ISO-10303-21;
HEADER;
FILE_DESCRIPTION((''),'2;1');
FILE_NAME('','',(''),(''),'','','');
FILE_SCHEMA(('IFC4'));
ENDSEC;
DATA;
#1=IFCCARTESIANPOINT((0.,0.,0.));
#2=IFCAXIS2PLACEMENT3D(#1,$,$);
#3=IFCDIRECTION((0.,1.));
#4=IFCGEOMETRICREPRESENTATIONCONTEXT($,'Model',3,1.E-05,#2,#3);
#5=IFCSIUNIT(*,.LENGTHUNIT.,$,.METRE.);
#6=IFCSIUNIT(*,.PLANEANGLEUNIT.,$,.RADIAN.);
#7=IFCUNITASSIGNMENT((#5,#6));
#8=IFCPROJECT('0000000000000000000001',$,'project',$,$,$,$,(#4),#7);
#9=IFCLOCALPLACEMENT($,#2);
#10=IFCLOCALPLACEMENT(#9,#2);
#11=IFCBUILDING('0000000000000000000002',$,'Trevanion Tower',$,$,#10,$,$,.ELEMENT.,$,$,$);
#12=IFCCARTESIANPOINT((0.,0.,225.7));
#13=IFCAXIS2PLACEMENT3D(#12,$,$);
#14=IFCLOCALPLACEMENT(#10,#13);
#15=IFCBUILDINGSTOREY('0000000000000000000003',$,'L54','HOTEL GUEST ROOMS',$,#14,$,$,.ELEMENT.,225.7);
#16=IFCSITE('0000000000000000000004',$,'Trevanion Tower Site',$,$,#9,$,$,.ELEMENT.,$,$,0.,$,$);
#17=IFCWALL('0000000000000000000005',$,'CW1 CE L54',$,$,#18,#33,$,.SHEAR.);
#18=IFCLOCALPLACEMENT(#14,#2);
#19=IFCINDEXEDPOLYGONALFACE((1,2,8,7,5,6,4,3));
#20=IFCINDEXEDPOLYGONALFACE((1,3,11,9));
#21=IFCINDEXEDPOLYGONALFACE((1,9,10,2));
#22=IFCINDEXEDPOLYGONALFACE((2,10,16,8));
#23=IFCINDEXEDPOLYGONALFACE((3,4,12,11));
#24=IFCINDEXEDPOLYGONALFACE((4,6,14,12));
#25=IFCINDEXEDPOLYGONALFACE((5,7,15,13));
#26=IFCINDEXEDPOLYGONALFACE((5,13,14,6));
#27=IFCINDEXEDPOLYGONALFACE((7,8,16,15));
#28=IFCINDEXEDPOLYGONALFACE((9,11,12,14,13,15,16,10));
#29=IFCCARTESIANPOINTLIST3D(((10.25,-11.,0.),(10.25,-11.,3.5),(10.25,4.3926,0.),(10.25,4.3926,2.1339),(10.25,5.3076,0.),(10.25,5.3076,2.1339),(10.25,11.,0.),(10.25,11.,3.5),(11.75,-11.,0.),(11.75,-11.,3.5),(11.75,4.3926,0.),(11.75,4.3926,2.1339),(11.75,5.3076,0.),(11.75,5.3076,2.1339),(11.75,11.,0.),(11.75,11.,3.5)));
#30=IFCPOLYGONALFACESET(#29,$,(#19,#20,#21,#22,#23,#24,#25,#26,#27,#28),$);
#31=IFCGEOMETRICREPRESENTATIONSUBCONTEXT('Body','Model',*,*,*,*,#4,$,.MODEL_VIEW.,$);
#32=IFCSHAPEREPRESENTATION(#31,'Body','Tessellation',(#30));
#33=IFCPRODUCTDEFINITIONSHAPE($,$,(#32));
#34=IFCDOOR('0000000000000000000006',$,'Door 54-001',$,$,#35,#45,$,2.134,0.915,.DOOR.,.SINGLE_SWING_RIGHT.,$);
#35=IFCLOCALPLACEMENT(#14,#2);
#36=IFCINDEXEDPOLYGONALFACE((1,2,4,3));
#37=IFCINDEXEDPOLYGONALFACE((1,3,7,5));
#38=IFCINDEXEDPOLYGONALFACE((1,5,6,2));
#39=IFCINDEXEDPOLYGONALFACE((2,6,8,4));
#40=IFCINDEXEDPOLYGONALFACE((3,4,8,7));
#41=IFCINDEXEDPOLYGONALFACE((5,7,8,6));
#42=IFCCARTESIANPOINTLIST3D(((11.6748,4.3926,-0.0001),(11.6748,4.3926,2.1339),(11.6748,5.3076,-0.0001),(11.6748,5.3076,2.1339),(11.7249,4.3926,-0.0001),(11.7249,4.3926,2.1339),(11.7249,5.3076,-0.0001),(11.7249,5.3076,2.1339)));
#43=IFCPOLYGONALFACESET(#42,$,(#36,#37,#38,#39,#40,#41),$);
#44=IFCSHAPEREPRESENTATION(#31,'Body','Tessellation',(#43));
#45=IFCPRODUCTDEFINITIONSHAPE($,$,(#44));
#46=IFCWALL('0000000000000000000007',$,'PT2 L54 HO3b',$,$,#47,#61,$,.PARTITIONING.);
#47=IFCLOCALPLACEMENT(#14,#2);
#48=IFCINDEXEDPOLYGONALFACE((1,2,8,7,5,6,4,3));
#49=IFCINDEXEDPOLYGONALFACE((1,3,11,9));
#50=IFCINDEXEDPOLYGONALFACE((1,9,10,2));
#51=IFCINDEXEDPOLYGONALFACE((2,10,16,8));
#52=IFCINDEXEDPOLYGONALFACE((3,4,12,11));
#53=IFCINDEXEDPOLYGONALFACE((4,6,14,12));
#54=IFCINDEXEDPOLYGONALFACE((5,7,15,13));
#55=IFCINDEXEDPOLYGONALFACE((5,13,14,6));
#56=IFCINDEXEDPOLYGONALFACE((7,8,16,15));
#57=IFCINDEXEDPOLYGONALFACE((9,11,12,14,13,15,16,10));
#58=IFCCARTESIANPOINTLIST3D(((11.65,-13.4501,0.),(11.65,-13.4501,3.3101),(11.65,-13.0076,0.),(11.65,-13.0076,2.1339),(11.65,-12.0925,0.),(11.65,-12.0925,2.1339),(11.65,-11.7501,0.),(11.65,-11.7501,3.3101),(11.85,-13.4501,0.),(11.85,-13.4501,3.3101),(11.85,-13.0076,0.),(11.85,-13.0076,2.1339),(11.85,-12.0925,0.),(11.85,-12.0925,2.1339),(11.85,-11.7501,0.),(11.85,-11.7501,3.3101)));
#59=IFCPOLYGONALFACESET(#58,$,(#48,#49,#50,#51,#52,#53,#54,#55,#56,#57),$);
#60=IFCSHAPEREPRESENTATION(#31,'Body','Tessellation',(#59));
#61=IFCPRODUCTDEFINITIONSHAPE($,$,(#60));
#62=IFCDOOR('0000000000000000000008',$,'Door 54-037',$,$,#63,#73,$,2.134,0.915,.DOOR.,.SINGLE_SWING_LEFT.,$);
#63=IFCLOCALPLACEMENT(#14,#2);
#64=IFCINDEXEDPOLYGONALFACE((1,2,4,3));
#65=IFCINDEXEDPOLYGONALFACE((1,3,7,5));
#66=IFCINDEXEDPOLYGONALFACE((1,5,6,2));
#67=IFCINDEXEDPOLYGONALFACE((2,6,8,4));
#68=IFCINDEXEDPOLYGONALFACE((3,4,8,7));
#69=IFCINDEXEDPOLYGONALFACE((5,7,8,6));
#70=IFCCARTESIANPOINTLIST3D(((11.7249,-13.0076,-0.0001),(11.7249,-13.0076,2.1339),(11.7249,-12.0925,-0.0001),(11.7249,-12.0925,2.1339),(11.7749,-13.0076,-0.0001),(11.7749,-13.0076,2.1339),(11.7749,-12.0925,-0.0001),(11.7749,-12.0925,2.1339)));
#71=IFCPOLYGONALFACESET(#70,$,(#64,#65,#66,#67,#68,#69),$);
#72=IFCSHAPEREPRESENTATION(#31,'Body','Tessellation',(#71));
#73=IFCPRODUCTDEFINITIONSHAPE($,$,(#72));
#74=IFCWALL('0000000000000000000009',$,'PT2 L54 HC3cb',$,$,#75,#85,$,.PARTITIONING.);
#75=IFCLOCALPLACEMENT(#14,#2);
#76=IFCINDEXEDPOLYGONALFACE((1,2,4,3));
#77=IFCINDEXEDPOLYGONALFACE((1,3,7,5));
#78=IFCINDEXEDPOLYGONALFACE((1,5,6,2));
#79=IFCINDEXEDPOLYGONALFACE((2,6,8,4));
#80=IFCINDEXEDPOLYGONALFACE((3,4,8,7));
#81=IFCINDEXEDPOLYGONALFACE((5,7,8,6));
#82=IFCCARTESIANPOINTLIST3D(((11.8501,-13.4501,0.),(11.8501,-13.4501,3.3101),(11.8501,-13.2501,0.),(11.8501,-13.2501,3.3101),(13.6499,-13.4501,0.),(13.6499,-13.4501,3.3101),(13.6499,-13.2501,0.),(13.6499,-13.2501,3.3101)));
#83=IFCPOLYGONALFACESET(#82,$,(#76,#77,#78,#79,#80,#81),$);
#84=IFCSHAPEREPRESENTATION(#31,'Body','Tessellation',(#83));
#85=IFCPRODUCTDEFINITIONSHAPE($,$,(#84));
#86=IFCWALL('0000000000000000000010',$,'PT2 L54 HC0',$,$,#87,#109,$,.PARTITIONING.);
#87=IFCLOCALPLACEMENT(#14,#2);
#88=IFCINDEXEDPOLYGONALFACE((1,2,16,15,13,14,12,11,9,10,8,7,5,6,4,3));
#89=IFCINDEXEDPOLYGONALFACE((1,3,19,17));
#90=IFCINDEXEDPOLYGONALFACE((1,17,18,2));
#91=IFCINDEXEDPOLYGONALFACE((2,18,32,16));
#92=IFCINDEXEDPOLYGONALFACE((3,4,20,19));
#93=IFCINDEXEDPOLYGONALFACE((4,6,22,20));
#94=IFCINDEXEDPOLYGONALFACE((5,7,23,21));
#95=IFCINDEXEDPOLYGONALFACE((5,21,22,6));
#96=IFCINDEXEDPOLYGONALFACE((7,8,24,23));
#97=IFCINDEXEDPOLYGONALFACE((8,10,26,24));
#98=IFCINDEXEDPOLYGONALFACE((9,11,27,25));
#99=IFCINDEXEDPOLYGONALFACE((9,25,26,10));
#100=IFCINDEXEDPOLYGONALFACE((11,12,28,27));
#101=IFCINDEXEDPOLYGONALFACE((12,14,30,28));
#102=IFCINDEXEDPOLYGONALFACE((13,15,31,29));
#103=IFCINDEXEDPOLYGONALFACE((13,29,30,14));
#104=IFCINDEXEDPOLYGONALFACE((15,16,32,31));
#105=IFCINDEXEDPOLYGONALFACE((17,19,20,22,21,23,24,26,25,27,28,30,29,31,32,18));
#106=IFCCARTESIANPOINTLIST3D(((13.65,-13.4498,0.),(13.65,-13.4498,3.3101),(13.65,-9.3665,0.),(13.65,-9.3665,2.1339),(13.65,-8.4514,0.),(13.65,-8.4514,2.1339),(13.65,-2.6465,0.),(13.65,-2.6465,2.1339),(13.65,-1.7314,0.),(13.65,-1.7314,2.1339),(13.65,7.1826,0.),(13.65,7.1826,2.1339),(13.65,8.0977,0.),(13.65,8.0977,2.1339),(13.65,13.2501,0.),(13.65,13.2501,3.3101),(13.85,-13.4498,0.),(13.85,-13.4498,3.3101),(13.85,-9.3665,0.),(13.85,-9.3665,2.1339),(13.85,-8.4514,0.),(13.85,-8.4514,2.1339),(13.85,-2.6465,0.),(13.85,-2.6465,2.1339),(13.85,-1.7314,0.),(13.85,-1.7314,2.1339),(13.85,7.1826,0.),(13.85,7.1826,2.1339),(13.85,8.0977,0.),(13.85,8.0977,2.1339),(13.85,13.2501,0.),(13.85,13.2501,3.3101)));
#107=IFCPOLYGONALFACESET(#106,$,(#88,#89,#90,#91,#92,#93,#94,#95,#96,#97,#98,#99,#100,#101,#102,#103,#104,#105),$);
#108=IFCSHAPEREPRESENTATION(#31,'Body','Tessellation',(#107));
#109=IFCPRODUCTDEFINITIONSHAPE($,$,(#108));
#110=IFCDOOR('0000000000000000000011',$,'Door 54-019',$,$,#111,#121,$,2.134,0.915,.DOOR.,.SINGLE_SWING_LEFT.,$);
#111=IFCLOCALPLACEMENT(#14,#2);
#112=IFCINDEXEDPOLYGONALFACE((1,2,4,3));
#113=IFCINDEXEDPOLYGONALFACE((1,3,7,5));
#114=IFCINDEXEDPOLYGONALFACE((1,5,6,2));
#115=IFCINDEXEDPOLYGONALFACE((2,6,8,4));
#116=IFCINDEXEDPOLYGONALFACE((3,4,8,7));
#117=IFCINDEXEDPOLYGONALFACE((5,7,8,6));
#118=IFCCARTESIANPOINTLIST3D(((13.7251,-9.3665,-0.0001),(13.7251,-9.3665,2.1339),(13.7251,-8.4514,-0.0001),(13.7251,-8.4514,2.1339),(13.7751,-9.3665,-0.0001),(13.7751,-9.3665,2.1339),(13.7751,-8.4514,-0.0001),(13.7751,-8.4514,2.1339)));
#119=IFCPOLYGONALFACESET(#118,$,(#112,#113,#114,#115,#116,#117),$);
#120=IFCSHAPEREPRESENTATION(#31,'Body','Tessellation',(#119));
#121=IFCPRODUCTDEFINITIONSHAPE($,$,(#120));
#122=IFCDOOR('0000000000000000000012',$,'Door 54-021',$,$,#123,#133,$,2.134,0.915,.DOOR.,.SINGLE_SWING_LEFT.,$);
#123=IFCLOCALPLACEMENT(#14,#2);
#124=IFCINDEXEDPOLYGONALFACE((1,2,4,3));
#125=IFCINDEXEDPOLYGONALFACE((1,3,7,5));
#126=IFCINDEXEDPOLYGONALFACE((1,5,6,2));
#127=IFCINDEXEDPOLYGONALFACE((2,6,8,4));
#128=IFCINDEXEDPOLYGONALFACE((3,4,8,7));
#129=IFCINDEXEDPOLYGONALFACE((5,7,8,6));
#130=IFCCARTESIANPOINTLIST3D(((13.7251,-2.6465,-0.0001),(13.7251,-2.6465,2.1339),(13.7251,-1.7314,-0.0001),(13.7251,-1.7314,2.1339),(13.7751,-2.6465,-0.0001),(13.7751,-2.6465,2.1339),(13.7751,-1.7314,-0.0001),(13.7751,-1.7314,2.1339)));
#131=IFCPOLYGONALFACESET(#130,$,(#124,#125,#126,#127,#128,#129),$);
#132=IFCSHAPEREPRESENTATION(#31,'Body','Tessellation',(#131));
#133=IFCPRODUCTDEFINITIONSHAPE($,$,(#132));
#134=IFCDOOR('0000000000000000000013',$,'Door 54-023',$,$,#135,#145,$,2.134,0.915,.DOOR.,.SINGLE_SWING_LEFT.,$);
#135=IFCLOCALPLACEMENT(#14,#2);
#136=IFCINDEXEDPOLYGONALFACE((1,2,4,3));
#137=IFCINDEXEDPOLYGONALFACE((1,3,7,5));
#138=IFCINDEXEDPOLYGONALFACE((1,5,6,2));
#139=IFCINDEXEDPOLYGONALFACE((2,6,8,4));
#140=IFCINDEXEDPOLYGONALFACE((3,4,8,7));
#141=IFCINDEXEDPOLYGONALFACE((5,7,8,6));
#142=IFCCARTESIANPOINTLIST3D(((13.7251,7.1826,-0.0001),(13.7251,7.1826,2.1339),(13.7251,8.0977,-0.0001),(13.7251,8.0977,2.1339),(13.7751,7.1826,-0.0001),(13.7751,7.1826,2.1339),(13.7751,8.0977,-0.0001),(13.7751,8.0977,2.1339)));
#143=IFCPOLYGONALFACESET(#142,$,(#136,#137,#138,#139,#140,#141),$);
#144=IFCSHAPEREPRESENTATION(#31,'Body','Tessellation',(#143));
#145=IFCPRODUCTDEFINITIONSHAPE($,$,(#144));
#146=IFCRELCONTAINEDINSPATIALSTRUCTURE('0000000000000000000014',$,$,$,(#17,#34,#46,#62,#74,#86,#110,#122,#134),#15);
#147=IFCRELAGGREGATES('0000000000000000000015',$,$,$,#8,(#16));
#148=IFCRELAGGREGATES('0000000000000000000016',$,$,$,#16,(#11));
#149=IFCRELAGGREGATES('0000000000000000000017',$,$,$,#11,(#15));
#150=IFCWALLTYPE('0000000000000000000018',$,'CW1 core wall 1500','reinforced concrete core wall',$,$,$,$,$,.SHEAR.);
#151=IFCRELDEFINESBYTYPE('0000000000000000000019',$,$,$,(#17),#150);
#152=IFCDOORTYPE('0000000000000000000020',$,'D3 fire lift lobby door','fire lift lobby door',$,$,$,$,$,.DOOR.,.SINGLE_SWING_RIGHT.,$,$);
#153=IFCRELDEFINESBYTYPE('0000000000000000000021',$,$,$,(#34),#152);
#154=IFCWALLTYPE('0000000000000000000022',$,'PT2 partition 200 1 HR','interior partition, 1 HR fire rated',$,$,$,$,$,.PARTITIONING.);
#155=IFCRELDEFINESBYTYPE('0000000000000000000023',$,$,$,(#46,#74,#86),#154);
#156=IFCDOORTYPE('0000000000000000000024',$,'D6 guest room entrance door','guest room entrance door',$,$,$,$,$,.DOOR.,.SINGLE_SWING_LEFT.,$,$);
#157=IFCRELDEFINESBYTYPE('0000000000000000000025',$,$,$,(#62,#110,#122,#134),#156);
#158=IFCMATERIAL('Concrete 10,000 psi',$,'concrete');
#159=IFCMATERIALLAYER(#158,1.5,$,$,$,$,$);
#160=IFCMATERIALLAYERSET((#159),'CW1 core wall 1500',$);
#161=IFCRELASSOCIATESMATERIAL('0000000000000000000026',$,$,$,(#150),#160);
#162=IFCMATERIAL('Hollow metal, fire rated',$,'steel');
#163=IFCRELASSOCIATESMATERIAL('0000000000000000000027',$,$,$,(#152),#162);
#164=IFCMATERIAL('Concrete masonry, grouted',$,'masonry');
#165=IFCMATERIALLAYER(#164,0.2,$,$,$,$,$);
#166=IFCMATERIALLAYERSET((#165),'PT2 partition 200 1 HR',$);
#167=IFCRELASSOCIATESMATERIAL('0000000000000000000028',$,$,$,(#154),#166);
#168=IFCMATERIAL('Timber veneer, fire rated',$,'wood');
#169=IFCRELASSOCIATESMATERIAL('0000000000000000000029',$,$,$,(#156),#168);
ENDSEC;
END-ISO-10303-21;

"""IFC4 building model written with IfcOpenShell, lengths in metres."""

from ifc_helpers import new_model, si_unit, direction, frame, frame_2d, origin, place, context, subcontext, project, spatial, rectangle, extrude, material, layer, layer_set, type_object, element, fill, save


model = new_model("IFC4")

# Units and contexts
model_context = context("Model", 3, precision=1e-05, world=origin(), true_north=direction((0.0, 1.0)))
body_context = subcontext(model_context, "Body", "Model", "MODEL_VIEW")
ifc_project = project(units=[si_unit("LENGTHUNIT", "METRE"), si_unit("PLANEANGLEUNIT", "RADIAN")], contexts=[model_context])

# Site, building, storey
site_placement = place(None, origin())
site = spatial("IfcSite", under=ifc_project, at=site_placement, Name="Trevanion Tower Site", CompositionType="ELEMENT", RefElevation=0.0)
building_placement = place(site_placement, origin())
building = spatial("IfcBuilding", under=site, at=building_placement, Name="Trevanion Tower", CompositionType="ELEMENT")
storey_placement = place(building_placement, frame((0.0, 0.0, 225.7)))
storey = spatial("IfcBuildingStorey", under=building, at=storey_placement, Name="L54", Description="HOTEL GUEST ROOMS", CompositionType="ELEMENT", Elevation=225.7)

# Walls, openings, doors
ifc_material_1 = material(Name="Concrete 10,000 psi", Category="concrete")
ifc_layer_1 = layer(ifc_material_1, 1.5)
ifc_layer_set_1 = layer_set([ifc_layer_1], Name="CW1 core wall 1500")
wall_type_1 = type_object("IfcWallType", Name="CW1 core wall 1500", Description="reinforced concrete core wall", PredefinedType="SHEAR", material=ifc_layer_set_1)
wall_1_placement = place(storey_placement, frame((11.0, -11.0, 0.0), z_axis=(0.0, 0.0, 1.0), x_axis=(0.0, 1.0, 0.0)))
wall_1 = element("IfcWall", 1, at=wall_1_placement, inside=storey, type_object=wall_type_1, Name="CW1 CE L54", PredefinedType="SHEAR", context=body_context, shape_type="SweptSolid", body=[
    extrude(rectangle(XDim=22.0, YDim=1.5, at=frame_2d((11.0, 0.0))), origin(), (0.0, 0.0, 1.0), 3.5),
])
opening_1_placement = place(wall_1_placement, frame((15.3926, 0.0, 0.0)))
opening_1 = element("IfcOpeningElement", 2, at=opening_1_placement, cuts=wall_1, PredefinedType="OPENING", context=body_context, shape_type="SweptSolid", body=[
    extrude(rectangle(XDim=0.915, YDim=2.134, at=frame_2d((0.4575, 1.0669))), frame((0.0, 0.76, 0.0), z_axis=(0.0, -1.0, 0.0), x_axis=(1.0, 0.0, 0.0)), (0.0, 0.0, 1.0), 1.52),
])
ifc_material_2 = material(Name="Hollow metal, fire rated", Category="steel")
door_type_1 = type_object("IfcDoorType", Name="D3 fire lift lobby door", Description="fire lift lobby door", OperationType="SINGLE_SWING_RIGHT", PredefinedType="DOOR", material=ifc_material_2)
door_1_placement = place(opening_1_placement, origin())
door_1 = element("IfcDoor", 3, at=door_1_placement, inside=storey, type_object=door_type_1, Name="Door 54-001", OperationType="SINGLE_SWING_RIGHT", OverallHeight=2.134, OverallWidth=0.915, PredefinedType="DOOR", context=body_context, shape_type="SweptSolid", body=[
    extrude(rectangle(XDim=0.915, YDim=2.134, at=frame_2d((0.4575, 1.0669))), frame((0.0, -0.6748, 0.0), z_axis=(0.0, -1.0, 0.0), x_axis=(1.0, 0.0, 0.0)), (0.0, 0.0, 1.0), 0.05),
])
fill(opening_1, door_1)
ifc_material_3 = material(Name="Concrete masonry, grouted", Category="masonry")
ifc_layer_2 = layer(ifc_material_3, 0.2)
ifc_layer_set_2 = layer_set([ifc_layer_2], Name="PT2 partition 200 1 HR")
wall_type_2 = type_object("IfcWallType", Name="PT2 partition 200 1 HR", Description="interior partition, 1 HR fire rated", PredefinedType="PARTITIONING", material=ifc_layer_set_2)
wall_2_placement = place(storey_placement, frame((11.75, -11.75, 0.0), z_axis=(0.0, 0.0, 1.0), x_axis=(0.0, -1.0, 0.0)))
wall_2 = element("IfcWall", 4, at=wall_2_placement, inside=storey, type_object=wall_type_2, Name="PT2 L54 HO3b", PredefinedType="PARTITIONING", context=body_context, shape_type="SweptSolid", body=[
    extrude(rectangle(XDim=1.7, YDim=0.2, at=frame_2d((0.8501, 0.0))), origin(), (0.0, 0.0, 1.0), 3.3101),
])
opening_2_placement = place(wall_2_placement, frame((0.3425, 0.0, 0.0)))
opening_2 = element("IfcOpeningElement", 5, at=opening_2_placement, cuts=wall_2, PredefinedType="OPENING", context=body_context, shape_type="SweptSolid", body=[
    extrude(rectangle(XDim=0.915, YDim=2.134, at=frame_2d((0.4575, 1.0669))), frame((0.0, 0.1099, 0.0), z_axis=(0.0, -1.0, 0.0), x_axis=(1.0, 0.0, 0.0)), (0.0, 0.0, 1.0), 0.22),
])
ifc_material_4 = material(Name="Timber veneer, fire rated", Category="wood")
door_type_2 = type_object("IfcDoorType", Name="D6 guest room entrance door", Description="guest room entrance door", OperationType="SINGLE_SWING_LEFT", PredefinedType="DOOR", material=ifc_material_4)
door_2_placement = place(opening_2_placement, origin())
door_2 = element("IfcDoor", 6, at=door_2_placement, inside=storey, type_object=door_type_2, Name="Door 54-037", OperationType="SINGLE_SWING_LEFT", OverallHeight=2.134, OverallWidth=0.915, PredefinedType="DOOR", context=body_context, shape_type="SweptSolid", body=[
    extrude(rectangle(XDim=0.915, YDim=2.134, at=frame_2d((0.4575, 1.0669))), frame((0.0, 0.0249, 0.0), z_axis=(0.0, -1.0, 0.0), x_axis=(1.0, 0.0, 0.0)), (0.0, 0.0, 1.0), 0.05),
])
fill(opening_2, door_2)

# Wall
wall_3_placement = place(storey_placement, frame((11.8501, -13.3501, 0.0), z_axis=(0.0, 0.0, 1.0), x_axis=(1.0, 0.0, 0.0)))
element("IfcWall", 7, at=wall_3_placement, inside=storey, type_object=wall_type_2, Name="PT2 L54 HC3cb", PredefinedType="PARTITIONING", context=body_context, shape_type="SweptSolid", body=[
    extrude(rectangle(XDim=1.7998, YDim=0.2, at=frame_2d((0.8999, 0.0))), origin(), (0.0, 0.0, 1.0), 3.3101),
])

# Wall, openings, doors
wall_4_placement = place(storey_placement, frame((13.75, -13.45, 0.0), z_axis=(0.0, 0.0, 1.0), x_axis=(0.0, 1.0, 0.0)))
wall_4 = element("IfcWall", 8, at=wall_4_placement, inside=storey, type_object=wall_type_2, Name="PT2 L54 HC0", PredefinedType="PARTITIONING", context=body_context, shape_type="SweptSolid", body=[
    extrude(rectangle(XDim=26.7, YDim=0.2, at=frame_2d((13.3501, 0.0))), origin(), (0.0, 0.0, 1.0), 3.3101),
])
opening_3_placement = place(wall_4_placement, frame((4.0835, 0.0, 0.0)))
opening_3 = element("IfcOpeningElement", 9, at=opening_3_placement, cuts=wall_4, PredefinedType="OPENING", context=body_context, shape_type="SweptSolid", body=[
    extrude(rectangle(XDim=0.915, YDim=2.134, at=frame_2d((0.4575, 1.0669))), frame((0.0, 0.1099, 0.0), z_axis=(0.0, -1.0, 0.0), x_axis=(1.0, 0.0, 0.0)), (0.0, 0.0, 1.0), 0.22),
])
opening_4_placement = place(wall_4_placement, frame((10.8035, 0.0, 0.0)))
opening_4 = element("IfcOpeningElement", 10, at=opening_4_placement, cuts=wall_4, PredefinedType="OPENING", context=body_context, shape_type="SweptSolid", body=[
    extrude(rectangle(XDim=0.915, YDim=2.134, at=frame_2d((0.4575, 1.0669))), frame((0.0, 0.1099, 0.0), z_axis=(0.0, -1.0, 0.0), x_axis=(1.0, 0.0, 0.0)), (0.0, 0.0, 1.0), 0.22),
])
opening_5_placement = place(wall_4_placement, frame((20.6326, 0.0, 0.0)))
opening_5 = element("IfcOpeningElement", 11, at=opening_5_placement, cuts=wall_4, PredefinedType="OPENING", context=body_context, shape_type="SweptSolid", body=[
    extrude(rectangle(XDim=0.915, YDim=2.134, at=frame_2d((0.4575, 1.0669))), frame((0.0, 0.1099, 0.0), z_axis=(0.0, -1.0, 0.0), x_axis=(1.0, 0.0, 0.0)), (0.0, 0.0, 1.0), 0.22),
])
door_3_placement = place(opening_3_placement, origin())
door_3 = element("IfcDoor", 12, at=door_3_placement, inside=storey, type_object=door_type_2, Name="Door 54-019", OperationType="SINGLE_SWING_LEFT", OverallHeight=2.134, OverallWidth=0.915, PredefinedType="DOOR", context=body_context, shape_type="SweptSolid", body=[
    extrude(rectangle(XDim=0.915, YDim=2.134, at=frame_2d((0.4575, 1.0669))), frame((0.0, 0.0249, 0.0), z_axis=(0.0, -1.0, 0.0), x_axis=(1.0, 0.0, 0.0)), (0.0, 0.0, 1.0), 0.05),
])
fill(opening_3, door_3)
door_4_placement = place(opening_4_placement, origin())
door_4 = element("IfcDoor", 13, at=door_4_placement, inside=storey, type_object=door_type_2, Name="Door 54-021", OperationType="SINGLE_SWING_LEFT", OverallHeight=2.134, OverallWidth=0.915, PredefinedType="DOOR", context=body_context, shape_type="SweptSolid", body=[
    extrude(rectangle(XDim=0.915, YDim=2.134, at=frame_2d((0.4575, 1.0669))), frame((0.0, 0.0249, 0.0), z_axis=(0.0, -1.0, 0.0), x_axis=(1.0, 0.0, 0.0)), (0.0, 0.0, 1.0), 0.05),
])
fill(opening_4, door_4)
door_5_placement = place(opening_5_placement, origin())
door_5 = element("IfcDoor", 14, at=door_5_placement, inside=storey, type_object=door_type_2, Name="Door 54-023", OperationType="SINGLE_SWING_LEFT", OverallHeight=2.134, OverallWidth=0.915, PredefinedType="DOOR", context=body_context, shape_type="SweptSolid", body=[
    extrude(rectangle(XDim=0.915, YDim=2.134, at=frame_2d((0.4575, 1.0669))), frame((0.0, 0.0249, 0.0), z_axis=(0.0, -1.0, 0.0), x_axis=(1.0, 0.0, 0.0)), (0.0, 0.0, 1.0), 0.05),
])
fill(opening_5, door_5)

save(model, "model.ifc")
